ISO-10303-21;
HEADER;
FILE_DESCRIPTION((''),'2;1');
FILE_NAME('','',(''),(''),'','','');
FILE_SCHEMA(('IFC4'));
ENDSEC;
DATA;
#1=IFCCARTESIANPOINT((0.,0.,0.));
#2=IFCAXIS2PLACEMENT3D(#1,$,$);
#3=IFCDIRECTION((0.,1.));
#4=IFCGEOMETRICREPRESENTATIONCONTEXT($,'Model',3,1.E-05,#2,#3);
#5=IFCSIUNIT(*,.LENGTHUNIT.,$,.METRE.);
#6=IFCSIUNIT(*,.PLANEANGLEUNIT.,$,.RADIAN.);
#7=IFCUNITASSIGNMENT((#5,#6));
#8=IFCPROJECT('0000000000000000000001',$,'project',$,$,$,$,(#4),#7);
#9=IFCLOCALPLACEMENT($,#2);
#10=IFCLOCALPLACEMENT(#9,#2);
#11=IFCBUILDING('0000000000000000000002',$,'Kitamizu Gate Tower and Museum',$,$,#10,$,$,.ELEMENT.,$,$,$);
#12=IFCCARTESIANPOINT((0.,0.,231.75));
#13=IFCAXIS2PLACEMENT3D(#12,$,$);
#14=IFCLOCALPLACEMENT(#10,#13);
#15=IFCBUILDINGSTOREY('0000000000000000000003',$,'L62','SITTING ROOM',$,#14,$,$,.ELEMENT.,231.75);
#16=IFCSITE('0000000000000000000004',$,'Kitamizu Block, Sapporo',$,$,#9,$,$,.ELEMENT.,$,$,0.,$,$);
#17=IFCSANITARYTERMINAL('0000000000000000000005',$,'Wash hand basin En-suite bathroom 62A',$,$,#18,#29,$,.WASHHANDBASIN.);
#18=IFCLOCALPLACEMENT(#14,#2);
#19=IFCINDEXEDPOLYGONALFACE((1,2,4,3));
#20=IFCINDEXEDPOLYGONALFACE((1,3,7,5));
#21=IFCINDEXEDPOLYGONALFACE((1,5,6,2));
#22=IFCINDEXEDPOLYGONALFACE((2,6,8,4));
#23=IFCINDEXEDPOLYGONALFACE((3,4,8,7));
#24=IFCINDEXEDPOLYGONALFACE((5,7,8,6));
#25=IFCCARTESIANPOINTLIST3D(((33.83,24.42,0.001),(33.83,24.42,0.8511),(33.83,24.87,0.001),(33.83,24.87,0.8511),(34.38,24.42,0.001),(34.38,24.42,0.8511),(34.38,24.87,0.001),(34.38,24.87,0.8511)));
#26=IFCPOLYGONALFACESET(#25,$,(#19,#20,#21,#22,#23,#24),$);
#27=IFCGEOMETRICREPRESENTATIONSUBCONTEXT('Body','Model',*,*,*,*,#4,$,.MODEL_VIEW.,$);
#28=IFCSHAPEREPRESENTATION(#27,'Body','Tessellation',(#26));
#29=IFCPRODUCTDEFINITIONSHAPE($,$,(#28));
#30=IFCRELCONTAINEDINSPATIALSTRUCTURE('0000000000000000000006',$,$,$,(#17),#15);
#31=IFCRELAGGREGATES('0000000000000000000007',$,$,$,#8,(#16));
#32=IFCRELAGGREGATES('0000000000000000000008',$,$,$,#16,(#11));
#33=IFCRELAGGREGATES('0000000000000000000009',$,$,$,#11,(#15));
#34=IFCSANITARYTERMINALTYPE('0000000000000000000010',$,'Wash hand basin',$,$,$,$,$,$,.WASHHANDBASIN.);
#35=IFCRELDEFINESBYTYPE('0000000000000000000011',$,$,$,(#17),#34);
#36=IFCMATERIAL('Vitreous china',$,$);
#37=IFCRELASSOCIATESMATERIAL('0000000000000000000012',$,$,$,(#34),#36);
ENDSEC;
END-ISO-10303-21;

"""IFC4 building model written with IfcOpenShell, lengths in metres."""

from ifc_helpers import new_model, si_unit, direction, frame, origin, origin_2d, place, context, subcontext, project, spatial, rectangle, extrude, material, type_object, element, save


model = new_model("IFC4")

# Units and contexts
model_context = context("Model", 3, precision=1e-05, world=origin(), true_north=direction((0.0, 1.0)))
body_context = subcontext(model_context, "Body", "Model", "MODEL_VIEW")
ifc_project = project(units=[si_unit("LENGTHUNIT", "METRE"), si_unit("PLANEANGLEUNIT", "RADIAN")], contexts=[model_context])

# Site, building, storey
site_placement = place(None, origin())
site = spatial("IfcSite", under=ifc_project, at=site_placement, Name="Kitamizu Block, Sapporo", CompositionType="ELEMENT", RefElevation=0.0)
building_placement = place(site_placement, origin())
building = spatial("IfcBuilding", under=site, at=building_placement, Name="Kitamizu Gate Tower and Museum", CompositionType="ELEMENT")
storey_placement = place(building_placement, frame((0.0, 0.0, 231.75)))
storey = spatial("IfcBuildingStorey", under=building, at=storey_placement, Name="L62", Description="SITTING ROOM", CompositionType="ELEMENT", Elevation=231.75)

# Sanitary terminal
ifc_material_1 = material(Name="Vitreous china")
sanitary_terminal_type_1 = type_object("IfcSanitaryTerminalType", Name="Wash hand basin", PredefinedType="WASHHANDBASIN", material=ifc_material_1)
sanitary_terminal_1_placement = place(storey_placement, frame((34.105, 24.645, 0.001), z_axis=(0.0, 0.0, 1.0), x_axis=(1.0, 0.0, 0.0)))
element("IfcSanitaryTerminal", 1, at=sanitary_terminal_1_placement, inside=storey, type_object=sanitary_terminal_type_1, Name="Wash hand basin En-suite bathroom 62A", PredefinedType="WASHHANDBASIN", context=body_context, shape_type="SweptSolid", body=[
    extrude(rectangle(XDim=0.55, YDim=0.45, at=origin_2d()), origin(), (0.0, 0.0, 1.0), 0.8501),
])

save(model, "model.ifc")
